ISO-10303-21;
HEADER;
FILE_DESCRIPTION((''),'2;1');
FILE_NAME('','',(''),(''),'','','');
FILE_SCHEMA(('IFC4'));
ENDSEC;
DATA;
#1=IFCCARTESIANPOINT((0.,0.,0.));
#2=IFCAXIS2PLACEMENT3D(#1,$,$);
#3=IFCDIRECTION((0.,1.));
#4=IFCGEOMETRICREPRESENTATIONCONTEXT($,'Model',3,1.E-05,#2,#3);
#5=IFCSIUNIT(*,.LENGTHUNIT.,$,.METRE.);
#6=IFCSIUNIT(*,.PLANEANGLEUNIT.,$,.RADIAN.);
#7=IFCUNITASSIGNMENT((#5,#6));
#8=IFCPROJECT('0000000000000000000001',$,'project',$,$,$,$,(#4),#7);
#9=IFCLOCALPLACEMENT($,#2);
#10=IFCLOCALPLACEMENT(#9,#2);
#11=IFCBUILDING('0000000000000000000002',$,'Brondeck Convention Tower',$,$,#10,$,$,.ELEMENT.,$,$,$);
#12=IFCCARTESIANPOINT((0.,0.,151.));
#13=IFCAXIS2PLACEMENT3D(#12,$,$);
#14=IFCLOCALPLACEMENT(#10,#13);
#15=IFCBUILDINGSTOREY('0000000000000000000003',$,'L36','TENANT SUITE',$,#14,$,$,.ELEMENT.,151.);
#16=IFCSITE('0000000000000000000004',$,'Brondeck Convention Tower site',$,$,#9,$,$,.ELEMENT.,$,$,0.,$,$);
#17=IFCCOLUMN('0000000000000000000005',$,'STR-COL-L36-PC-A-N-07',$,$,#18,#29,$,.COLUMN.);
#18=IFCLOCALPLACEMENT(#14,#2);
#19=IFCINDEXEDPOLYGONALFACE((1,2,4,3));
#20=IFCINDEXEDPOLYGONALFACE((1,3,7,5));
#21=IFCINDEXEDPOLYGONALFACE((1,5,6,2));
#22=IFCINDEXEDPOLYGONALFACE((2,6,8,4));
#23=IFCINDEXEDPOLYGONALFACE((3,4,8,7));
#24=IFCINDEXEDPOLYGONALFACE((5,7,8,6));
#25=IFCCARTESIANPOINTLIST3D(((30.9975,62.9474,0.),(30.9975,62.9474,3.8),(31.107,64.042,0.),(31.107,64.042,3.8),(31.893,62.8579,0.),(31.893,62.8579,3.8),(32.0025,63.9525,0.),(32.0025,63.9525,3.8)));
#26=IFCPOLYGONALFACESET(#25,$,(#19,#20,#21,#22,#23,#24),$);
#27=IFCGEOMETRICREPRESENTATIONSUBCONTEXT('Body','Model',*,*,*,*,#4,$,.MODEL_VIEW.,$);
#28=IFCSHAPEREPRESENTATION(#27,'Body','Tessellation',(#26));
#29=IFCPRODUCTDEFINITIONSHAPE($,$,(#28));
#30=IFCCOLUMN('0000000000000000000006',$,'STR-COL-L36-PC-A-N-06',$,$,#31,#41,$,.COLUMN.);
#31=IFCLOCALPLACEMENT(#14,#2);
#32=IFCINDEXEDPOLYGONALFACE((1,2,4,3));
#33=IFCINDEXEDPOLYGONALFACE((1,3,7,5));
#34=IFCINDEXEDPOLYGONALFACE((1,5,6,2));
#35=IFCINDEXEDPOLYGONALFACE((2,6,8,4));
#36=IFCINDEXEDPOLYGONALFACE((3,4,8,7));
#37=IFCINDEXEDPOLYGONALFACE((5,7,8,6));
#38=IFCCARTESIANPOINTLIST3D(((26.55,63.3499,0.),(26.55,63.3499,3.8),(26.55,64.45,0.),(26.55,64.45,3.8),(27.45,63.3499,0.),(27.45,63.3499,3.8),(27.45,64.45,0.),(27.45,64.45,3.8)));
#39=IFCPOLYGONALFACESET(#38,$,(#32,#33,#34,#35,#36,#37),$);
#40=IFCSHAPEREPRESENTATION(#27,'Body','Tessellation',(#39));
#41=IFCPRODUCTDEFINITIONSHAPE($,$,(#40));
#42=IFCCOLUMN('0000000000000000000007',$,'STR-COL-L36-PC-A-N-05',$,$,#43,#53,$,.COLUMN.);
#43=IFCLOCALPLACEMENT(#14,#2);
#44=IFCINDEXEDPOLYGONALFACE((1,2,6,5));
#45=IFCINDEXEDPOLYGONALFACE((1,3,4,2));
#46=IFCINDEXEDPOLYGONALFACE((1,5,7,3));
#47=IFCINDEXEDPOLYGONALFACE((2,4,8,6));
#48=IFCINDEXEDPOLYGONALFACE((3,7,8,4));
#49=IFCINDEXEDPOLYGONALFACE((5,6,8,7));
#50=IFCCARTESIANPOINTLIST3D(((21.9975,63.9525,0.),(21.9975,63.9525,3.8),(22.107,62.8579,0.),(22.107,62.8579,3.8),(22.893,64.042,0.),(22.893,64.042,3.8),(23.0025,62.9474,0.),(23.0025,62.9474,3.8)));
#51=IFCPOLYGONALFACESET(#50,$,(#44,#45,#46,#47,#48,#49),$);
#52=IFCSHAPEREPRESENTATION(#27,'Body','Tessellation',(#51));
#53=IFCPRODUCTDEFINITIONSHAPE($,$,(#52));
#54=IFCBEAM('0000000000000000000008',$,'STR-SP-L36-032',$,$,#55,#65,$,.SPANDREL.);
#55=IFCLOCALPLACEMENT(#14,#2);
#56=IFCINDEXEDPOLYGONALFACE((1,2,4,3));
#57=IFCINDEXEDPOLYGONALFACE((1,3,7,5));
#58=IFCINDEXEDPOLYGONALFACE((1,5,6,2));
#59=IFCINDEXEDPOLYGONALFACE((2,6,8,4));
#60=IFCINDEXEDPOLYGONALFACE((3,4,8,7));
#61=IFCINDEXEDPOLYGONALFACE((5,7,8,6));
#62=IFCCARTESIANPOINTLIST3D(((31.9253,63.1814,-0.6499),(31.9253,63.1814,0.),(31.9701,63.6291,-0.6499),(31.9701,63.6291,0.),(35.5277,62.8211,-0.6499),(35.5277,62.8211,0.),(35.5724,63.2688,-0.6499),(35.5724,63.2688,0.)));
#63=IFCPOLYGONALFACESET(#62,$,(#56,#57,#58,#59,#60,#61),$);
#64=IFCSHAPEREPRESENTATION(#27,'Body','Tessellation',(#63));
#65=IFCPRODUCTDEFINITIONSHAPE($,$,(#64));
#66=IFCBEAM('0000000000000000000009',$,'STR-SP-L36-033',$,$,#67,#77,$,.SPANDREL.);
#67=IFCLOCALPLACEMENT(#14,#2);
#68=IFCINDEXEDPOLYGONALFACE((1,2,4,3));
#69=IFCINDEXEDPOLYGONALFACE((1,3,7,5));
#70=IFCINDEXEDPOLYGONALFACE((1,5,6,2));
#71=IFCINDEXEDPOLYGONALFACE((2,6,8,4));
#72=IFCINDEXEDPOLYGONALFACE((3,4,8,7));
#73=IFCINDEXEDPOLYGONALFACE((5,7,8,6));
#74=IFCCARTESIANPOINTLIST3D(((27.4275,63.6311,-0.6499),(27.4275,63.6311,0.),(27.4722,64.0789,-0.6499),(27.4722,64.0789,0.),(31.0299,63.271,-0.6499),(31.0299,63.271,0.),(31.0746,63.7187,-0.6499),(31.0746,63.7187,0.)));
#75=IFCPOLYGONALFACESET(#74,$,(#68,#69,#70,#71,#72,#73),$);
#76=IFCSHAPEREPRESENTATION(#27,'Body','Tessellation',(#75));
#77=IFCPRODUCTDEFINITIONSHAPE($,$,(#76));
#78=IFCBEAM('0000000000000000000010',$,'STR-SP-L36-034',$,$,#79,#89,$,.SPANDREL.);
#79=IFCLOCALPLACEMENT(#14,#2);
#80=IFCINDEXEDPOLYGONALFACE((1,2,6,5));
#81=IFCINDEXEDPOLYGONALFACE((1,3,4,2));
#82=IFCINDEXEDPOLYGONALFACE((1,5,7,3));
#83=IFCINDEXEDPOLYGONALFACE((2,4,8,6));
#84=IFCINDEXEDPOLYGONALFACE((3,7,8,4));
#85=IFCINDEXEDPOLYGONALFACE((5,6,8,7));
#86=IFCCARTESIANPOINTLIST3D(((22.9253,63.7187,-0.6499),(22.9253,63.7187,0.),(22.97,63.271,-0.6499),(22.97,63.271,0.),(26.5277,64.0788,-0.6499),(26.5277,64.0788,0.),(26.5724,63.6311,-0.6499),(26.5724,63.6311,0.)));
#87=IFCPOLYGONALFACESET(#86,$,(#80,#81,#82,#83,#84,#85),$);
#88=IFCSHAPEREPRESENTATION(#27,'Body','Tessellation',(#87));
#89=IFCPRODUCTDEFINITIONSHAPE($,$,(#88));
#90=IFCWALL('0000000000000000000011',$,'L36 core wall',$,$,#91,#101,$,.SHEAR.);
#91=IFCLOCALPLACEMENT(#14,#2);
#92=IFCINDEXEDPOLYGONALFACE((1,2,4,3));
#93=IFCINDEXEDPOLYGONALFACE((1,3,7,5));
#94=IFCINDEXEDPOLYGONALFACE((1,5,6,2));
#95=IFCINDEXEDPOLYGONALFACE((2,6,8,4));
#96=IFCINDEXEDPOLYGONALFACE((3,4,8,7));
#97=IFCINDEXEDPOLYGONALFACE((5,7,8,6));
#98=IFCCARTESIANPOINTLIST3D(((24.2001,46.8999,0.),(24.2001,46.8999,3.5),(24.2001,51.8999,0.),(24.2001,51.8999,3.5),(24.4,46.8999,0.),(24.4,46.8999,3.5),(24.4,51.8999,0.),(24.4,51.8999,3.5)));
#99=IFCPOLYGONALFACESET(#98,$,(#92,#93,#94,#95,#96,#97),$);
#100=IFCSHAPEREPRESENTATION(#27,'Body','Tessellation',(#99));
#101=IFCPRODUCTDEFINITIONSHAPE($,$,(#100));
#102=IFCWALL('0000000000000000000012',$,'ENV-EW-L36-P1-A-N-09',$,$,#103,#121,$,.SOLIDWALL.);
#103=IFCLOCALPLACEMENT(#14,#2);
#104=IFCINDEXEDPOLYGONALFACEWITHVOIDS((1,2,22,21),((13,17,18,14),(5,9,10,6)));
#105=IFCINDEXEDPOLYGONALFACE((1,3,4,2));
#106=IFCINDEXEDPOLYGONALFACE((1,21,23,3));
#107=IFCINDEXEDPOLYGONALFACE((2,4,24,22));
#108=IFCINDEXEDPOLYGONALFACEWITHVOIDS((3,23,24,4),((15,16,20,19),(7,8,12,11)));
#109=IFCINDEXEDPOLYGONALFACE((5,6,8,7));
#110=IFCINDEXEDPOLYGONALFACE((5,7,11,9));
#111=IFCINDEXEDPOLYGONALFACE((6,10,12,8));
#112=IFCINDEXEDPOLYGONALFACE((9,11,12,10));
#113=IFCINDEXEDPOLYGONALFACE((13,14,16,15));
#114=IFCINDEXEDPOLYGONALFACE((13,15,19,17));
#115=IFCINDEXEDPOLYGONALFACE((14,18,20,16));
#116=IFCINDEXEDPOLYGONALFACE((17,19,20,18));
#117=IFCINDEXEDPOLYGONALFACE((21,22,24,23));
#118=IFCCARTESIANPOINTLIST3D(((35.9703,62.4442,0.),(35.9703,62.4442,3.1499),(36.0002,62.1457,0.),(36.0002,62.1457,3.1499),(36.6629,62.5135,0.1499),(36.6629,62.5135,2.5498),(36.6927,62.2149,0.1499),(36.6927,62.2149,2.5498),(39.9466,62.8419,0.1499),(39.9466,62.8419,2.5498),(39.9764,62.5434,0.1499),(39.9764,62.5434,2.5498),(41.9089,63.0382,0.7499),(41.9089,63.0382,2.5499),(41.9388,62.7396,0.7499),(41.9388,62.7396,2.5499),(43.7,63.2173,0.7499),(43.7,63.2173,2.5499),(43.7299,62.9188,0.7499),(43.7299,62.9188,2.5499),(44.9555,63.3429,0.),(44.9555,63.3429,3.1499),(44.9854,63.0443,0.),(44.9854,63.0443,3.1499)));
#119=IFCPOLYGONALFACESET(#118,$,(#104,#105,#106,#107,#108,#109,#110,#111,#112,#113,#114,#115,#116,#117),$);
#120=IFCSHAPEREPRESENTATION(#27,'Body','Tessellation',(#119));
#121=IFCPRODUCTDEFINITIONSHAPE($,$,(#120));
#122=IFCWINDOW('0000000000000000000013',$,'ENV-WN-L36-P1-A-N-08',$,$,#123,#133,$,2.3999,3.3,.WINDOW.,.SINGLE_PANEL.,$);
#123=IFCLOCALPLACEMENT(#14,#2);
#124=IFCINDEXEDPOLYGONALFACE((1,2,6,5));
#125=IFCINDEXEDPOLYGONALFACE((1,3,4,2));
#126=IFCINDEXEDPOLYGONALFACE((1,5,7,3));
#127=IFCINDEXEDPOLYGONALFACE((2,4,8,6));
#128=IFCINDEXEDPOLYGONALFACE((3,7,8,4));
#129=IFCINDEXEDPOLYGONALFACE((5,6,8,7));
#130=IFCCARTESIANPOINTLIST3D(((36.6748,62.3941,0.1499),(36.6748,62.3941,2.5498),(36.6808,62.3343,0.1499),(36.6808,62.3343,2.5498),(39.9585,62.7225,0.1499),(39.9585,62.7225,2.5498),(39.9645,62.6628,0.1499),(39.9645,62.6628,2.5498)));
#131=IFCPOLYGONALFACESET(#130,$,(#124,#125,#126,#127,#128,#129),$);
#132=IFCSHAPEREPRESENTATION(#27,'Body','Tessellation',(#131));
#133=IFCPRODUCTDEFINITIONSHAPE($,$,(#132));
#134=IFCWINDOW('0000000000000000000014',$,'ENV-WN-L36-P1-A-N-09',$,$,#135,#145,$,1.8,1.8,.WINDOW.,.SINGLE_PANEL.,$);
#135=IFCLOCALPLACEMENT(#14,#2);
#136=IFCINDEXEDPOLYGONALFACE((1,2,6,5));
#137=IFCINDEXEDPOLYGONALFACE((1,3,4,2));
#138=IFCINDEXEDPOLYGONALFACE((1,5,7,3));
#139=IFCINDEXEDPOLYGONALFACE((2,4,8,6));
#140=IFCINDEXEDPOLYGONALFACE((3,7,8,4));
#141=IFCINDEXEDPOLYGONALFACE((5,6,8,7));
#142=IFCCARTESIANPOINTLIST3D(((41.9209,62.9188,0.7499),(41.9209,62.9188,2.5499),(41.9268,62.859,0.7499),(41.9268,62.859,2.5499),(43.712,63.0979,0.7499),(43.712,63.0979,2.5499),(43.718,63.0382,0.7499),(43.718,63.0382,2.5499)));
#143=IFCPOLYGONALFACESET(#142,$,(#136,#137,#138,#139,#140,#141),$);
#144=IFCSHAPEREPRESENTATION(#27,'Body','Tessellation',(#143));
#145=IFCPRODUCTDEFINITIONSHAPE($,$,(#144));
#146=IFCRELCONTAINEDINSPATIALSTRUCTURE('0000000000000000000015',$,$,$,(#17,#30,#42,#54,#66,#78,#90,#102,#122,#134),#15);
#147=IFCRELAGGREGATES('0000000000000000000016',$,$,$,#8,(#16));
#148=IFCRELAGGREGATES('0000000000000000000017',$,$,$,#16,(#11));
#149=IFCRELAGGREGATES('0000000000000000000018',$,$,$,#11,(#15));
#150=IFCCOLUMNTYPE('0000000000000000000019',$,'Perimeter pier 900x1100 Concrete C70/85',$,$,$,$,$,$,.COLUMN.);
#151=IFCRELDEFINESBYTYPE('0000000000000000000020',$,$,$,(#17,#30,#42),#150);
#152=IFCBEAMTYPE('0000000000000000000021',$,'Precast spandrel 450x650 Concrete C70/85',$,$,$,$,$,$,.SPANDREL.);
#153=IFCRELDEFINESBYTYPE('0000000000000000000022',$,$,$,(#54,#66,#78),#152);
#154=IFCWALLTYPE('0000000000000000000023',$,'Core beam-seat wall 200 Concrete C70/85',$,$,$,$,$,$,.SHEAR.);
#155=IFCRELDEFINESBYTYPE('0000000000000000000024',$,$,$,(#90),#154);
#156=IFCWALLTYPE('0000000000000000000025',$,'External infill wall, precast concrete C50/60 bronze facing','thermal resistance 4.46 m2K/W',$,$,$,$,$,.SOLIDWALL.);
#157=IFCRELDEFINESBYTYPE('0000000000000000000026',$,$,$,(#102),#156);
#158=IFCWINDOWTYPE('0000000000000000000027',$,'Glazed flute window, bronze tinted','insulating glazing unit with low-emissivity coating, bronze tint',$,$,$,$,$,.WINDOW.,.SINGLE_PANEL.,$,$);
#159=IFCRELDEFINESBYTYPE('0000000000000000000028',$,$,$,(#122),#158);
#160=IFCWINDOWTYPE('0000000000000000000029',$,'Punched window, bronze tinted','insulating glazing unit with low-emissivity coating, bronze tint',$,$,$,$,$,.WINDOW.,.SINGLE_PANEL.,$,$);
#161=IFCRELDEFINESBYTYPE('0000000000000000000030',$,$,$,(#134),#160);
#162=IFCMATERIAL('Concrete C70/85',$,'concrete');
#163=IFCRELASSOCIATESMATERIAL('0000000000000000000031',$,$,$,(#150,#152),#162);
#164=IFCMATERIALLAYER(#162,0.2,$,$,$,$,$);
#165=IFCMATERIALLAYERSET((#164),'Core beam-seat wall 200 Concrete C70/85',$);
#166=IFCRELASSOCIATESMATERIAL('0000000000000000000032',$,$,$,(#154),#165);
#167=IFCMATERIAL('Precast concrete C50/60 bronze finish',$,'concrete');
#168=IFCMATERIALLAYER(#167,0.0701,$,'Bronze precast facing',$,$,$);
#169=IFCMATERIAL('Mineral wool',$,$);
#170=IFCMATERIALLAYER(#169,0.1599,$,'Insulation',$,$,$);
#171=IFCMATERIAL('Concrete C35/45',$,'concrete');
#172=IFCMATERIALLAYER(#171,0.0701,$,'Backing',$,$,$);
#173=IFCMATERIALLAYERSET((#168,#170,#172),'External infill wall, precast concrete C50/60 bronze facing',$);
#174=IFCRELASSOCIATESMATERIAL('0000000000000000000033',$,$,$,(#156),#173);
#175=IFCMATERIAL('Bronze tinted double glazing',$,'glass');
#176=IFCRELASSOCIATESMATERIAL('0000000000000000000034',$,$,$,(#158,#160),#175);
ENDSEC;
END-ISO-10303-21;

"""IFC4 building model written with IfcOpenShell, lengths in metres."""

from ifc_helpers import new_model, si_unit, direction, frame, frame_2d, origin, origin_2d, place, context, subcontext, project, spatial, rectangle, extrude, material, layer, layer_set, material_profile, profile_set, type_object, element, fill, save


model = new_model("IFC4")

# Units and contexts
model_context = context("Model", 3, precision=1e-05, world=origin(), true_north=direction((0.0, 1.0)))
body_context = subcontext(model_context, "Body", "Model", "MODEL_VIEW")
ifc_project = project(units=[si_unit("LENGTHUNIT", "METRE"), si_unit("PLANEANGLEUNIT", "RADIAN")], contexts=[model_context])

# Site, building, storey
site_placement = place(None, origin())
site = spatial("IfcSite", under=ifc_project, at=site_placement, Name="Brondeck Convention Tower site", CompositionType="ELEMENT", RefElevation=0.0)
building_placement = place(site_placement, origin())
building = spatial("IfcBuilding", under=site, at=building_placement, Name="Brondeck Convention Tower", CompositionType="ELEMENT")
storey_placement = place(building_placement, frame((0.0, 0.0, 151.0)))
storey = spatial("IfcBuildingStorey", under=building, at=storey_placement, Name="L36", Description="TENANT SUITE", CompositionType="ELEMENT", Elevation=151.0)

# Columns
ifc_material_1 = material(Name="Concrete C70/85", Category="concrete")
ifc_material_profile_1 = material_profile(ifc_material_1, rectangle(XDim=0.8999, YDim=1.1001, at=origin_2d()), Name="Perimeter pier 900x1100 Concrete C70/85")
ifc_profile_set_1 = profile_set([ifc_material_profile_1], Name="Concrete C70/85")
column_type = type_object("IfcColumnType", Name="Perimeter pier 900x1100 Concrete C70/85", PredefinedType="COLUMN", material=ifc_profile_set_1)
for number, where, z_axis, x_axis, name in (
    (1, (31.5, 63.45, 0.0), (0.0, 0.0, 1.0), (-0.995037, 0.099504, 0.0), "STR-COL-L36-PC-A-N-07"),
    (2, (27.0, 63.8999, 0.0), (0.0, 0.0, 1.0), (-1.0, 0.0, 0.0), "STR-COL-L36-PC-A-N-06"),
    (3, (22.5, 63.45, 0.0), (0.0, 0.0, 1.0), (-0.995037, -0.099504, 0.0), "STR-COL-L36-PC-A-N-05"),
):
    element("IfcColumn", number, at=place(storey_placement, frame(where, z_axis=z_axis, x_axis=x_axis)), inside=storey, type_object=column_type, Name=name, PredefinedType="COLUMN", context=body_context, shape_type="SweptSolid", body=[
        extrude(rectangle(XDim=0.8999, YDim=1.1001, at=origin_2d()), origin(), (0.0, 0.0, 1.0), 3.8),
    ])

# Beams
ifc_material_profile_2 = material_profile(ifc_material_1, rectangle(XDim=0.45, YDim=0.6499, at=origin_2d()), Name="Precast spandrel 450x650 Concrete C70/85")
ifc_profile_set_2 = profile_set([ifc_material_profile_2], Name="Concrete C70/85")
beam_type = type_object("IfcBeamType", Name="Precast spandrel 450x650 Concrete C70/85", PredefinedType="SPANDREL", material=ifc_profile_set_2)
for number, where, z_axis, x_axis, name in (
    (4, (35.55, 63.0449, -0.325), (-0.995034, 0.099537, 0.0), (-0.099537, -0.995034, 0.0), "STR-SP-L36-032"),
    (5, (31.0522, 63.4949, -0.325), (-0.995041, 0.09947, 0.0), (-0.09947, -0.995041, 0.0), "STR-SP-L36-033"),
    (6, (26.55, 63.855, -0.325), (-0.995041, -0.09947, 0.0), (0.09947, -0.995041, 0.0), "STR-SP-L36-034"),
):
    element("IfcBeam", number, at=place(storey_placement, frame(where, z_axis=z_axis, x_axis=x_axis)), inside=storey, type_object=beam_type, Name=name, PredefinedType="SPANDREL", context=body_context, shape_type="SweptSolid", body=[
        extrude(rectangle(XDim=0.45, YDim=0.6499, at=origin_2d()), origin(), (0.0, 0.0, 1.0), 3.6204),
    ])

# Wall
ifc_layer_1 = layer(ifc_material_1, 0.2)
ifc_layer_set_1 = layer_set([ifc_layer_1], Name="Core beam-seat wall 200 Concrete C70/85")
wall_type_1 = type_object("IfcWallType", Name="Core beam-seat wall 200 Concrete C70/85", PredefinedType="SHEAR", material=ifc_layer_set_1)
wall_1_placement = place(storey_placement, frame((24.3, 46.8999, 0.0), z_axis=(0.0, 0.0, 1.0), x_axis=(0.0, 1.0, 0.0)))
element("IfcWall", 7, at=wall_1_placement, inside=storey, type_object=wall_type_1, Name="L36 core wall", PredefinedType="SHEAR", context=body_context, shape_type="SweptSolid", body=[
    extrude(rectangle(XDim=5.0, YDim=0.2, at=frame_2d((2.5, 0.0))), origin(), (0.0, 0.0, 1.0), 3.5),
])

# Wall, openings, windows
ifc_material_2 = material(Name="Precast concrete C50/60 bronze finish", Category="concrete")
ifc_layer_2 = layer(ifc_material_2, 0.0701, Name="Bronze precast facing")
ifc_material_3 = material(Name="Mineral wool")
ifc_layer_3 = layer(ifc_material_3, 0.1599, Name="Insulation")
ifc_material_4 = material(Name="Concrete C35/45", Category="concrete")
ifc_layer_4 = layer(ifc_material_4, 0.0701, Name="Backing")
ifc_layer_set_2 = layer_set([ifc_layer_2, ifc_layer_3, ifc_layer_4], Name="External infill wall, precast concrete C50/60 bronze facing")
wall_type_2 = type_object("IfcWallType", Name="External infill wall, precast concrete C50/60 bronze facing", Description="thermal resistance 4.46 m2K/W", PredefinedType="SOLIDWALL", material=ifc_layer_set_2)
wall_2_placement = place(storey_placement, frame((35.9851, 62.2949, 0.0), z_axis=(0.0, 0.0, 1.0), x_axis=(0.995035, 0.099522, 0.0)))
wall_2 = element("IfcWall", 8, at=wall_2_placement, inside=storey, type_object=wall_type_2, Name="ENV-EW-L36-P1-A-N-09", PredefinedType="SOLIDWALL", context=body_context, shape_type="SweptSolid", body=[
    extrude(rectangle(XDim=9.03, YDim=0.3, at=frame_2d((4.5151, 0.0))), origin(), (0.0, 0.0, 1.0), 3.1499),
])
opening_1_placement = place(wall_2_placement, frame((0.6963, 0.0, 0.1499)))
opening_1 = element("IfcOpeningElement", 9, at=opening_1_placement, cuts=wall_2, PredefinedType="OPENING", context=body_context, shape_type="SweptSolid", body=[
    extrude(rectangle(XDim=3.3, YDim=2.3999, at=frame_2d((1.6499, 1.2))), frame((0.0, 0.1599, 0.0), z_axis=(0.0, -1.0, 0.0), x_axis=(1.0, 0.0, 0.0)), (0.0, 0.0, 1.0), 0.3201),
])
opening_2_placement = place(wall_2_placement, frame((5.9685, 0.0, 0.75)))
opening_2 = element("IfcOpeningElement", 10, at=opening_2_placement, cuts=wall_2, PredefinedType="OPENING", context=body_context, shape_type="SweptSolid", body=[
    extrude(rectangle(XDim=1.8, YDim=1.8, at=frame_2d((0.8999, 0.8999))), frame((0.0, 0.1599, 0.0), z_axis=(0.0, -1.0, 0.0), x_axis=(1.0, 0.0, 0.0)), (0.0, 0.0, 1.0), 0.3201),
])
ifc_material_5 = material(Name="Bronze tinted double glazing", Category="glass")
window_type_1 = type_object("IfcWindowType", Name="Glazed flute window, bronze tinted", Description="insulating glazing unit with low-emissivity coating, bronze tint", PartitioningType="SINGLE_PANEL", PredefinedType="WINDOW", material=ifc_material_5)
window_1_placement = place(opening_1_placement, origin())
window_1 = element("IfcWindow", 11, at=window_1_placement, inside=storey, type_object=window_type_1, Name="ENV-WN-L36-P1-A-N-08", OverallHeight=2.3999, OverallWidth=3.3, PartitioningType="SINGLE_PANEL", PredefinedType="WINDOW", context=body_context, shape_type="SweptSolid", body=[
    extrude(rectangle(XDim=3.3, YDim=2.3999, at=frame_2d((1.6499, 1.2))), frame((0.0, 0.03, 0.0), z_axis=(0.0, -1.0, 0.0), x_axis=(1.0, 0.0, 0.0)), (0.0, 0.0, 1.0), 0.0601),
])
fill(opening_1, window_1)
window_type_2 = type_object("IfcWindowType", Name="Punched window, bronze tinted", Description="insulating glazing unit with low-emissivity coating, bronze tint", PartitioningType="SINGLE_PANEL", PredefinedType="WINDOW", material=ifc_material_5)
window_2_placement = place(opening_2_placement, origin())
window_2 = element("IfcWindow", 12, at=window_2_placement, inside=storey, type_object=window_type_2, Name="ENV-WN-L36-P1-A-N-09", OverallHeight=1.8, OverallWidth=1.8, PartitioningType="SINGLE_PANEL", PredefinedType="WINDOW", context=body_context, shape_type="SweptSolid", body=[
    extrude(rectangle(XDim=1.8, YDim=1.8, at=frame_2d((0.8999, 0.8999))), frame((0.0, 0.03, 0.0), z_axis=(0.0, -1.0, 0.0), x_axis=(1.0, 0.0, 0.0)), (0.0, 0.0, 1.0), 0.0601),
])
fill(opening_2, window_2)

save(model, "model.ifc")
